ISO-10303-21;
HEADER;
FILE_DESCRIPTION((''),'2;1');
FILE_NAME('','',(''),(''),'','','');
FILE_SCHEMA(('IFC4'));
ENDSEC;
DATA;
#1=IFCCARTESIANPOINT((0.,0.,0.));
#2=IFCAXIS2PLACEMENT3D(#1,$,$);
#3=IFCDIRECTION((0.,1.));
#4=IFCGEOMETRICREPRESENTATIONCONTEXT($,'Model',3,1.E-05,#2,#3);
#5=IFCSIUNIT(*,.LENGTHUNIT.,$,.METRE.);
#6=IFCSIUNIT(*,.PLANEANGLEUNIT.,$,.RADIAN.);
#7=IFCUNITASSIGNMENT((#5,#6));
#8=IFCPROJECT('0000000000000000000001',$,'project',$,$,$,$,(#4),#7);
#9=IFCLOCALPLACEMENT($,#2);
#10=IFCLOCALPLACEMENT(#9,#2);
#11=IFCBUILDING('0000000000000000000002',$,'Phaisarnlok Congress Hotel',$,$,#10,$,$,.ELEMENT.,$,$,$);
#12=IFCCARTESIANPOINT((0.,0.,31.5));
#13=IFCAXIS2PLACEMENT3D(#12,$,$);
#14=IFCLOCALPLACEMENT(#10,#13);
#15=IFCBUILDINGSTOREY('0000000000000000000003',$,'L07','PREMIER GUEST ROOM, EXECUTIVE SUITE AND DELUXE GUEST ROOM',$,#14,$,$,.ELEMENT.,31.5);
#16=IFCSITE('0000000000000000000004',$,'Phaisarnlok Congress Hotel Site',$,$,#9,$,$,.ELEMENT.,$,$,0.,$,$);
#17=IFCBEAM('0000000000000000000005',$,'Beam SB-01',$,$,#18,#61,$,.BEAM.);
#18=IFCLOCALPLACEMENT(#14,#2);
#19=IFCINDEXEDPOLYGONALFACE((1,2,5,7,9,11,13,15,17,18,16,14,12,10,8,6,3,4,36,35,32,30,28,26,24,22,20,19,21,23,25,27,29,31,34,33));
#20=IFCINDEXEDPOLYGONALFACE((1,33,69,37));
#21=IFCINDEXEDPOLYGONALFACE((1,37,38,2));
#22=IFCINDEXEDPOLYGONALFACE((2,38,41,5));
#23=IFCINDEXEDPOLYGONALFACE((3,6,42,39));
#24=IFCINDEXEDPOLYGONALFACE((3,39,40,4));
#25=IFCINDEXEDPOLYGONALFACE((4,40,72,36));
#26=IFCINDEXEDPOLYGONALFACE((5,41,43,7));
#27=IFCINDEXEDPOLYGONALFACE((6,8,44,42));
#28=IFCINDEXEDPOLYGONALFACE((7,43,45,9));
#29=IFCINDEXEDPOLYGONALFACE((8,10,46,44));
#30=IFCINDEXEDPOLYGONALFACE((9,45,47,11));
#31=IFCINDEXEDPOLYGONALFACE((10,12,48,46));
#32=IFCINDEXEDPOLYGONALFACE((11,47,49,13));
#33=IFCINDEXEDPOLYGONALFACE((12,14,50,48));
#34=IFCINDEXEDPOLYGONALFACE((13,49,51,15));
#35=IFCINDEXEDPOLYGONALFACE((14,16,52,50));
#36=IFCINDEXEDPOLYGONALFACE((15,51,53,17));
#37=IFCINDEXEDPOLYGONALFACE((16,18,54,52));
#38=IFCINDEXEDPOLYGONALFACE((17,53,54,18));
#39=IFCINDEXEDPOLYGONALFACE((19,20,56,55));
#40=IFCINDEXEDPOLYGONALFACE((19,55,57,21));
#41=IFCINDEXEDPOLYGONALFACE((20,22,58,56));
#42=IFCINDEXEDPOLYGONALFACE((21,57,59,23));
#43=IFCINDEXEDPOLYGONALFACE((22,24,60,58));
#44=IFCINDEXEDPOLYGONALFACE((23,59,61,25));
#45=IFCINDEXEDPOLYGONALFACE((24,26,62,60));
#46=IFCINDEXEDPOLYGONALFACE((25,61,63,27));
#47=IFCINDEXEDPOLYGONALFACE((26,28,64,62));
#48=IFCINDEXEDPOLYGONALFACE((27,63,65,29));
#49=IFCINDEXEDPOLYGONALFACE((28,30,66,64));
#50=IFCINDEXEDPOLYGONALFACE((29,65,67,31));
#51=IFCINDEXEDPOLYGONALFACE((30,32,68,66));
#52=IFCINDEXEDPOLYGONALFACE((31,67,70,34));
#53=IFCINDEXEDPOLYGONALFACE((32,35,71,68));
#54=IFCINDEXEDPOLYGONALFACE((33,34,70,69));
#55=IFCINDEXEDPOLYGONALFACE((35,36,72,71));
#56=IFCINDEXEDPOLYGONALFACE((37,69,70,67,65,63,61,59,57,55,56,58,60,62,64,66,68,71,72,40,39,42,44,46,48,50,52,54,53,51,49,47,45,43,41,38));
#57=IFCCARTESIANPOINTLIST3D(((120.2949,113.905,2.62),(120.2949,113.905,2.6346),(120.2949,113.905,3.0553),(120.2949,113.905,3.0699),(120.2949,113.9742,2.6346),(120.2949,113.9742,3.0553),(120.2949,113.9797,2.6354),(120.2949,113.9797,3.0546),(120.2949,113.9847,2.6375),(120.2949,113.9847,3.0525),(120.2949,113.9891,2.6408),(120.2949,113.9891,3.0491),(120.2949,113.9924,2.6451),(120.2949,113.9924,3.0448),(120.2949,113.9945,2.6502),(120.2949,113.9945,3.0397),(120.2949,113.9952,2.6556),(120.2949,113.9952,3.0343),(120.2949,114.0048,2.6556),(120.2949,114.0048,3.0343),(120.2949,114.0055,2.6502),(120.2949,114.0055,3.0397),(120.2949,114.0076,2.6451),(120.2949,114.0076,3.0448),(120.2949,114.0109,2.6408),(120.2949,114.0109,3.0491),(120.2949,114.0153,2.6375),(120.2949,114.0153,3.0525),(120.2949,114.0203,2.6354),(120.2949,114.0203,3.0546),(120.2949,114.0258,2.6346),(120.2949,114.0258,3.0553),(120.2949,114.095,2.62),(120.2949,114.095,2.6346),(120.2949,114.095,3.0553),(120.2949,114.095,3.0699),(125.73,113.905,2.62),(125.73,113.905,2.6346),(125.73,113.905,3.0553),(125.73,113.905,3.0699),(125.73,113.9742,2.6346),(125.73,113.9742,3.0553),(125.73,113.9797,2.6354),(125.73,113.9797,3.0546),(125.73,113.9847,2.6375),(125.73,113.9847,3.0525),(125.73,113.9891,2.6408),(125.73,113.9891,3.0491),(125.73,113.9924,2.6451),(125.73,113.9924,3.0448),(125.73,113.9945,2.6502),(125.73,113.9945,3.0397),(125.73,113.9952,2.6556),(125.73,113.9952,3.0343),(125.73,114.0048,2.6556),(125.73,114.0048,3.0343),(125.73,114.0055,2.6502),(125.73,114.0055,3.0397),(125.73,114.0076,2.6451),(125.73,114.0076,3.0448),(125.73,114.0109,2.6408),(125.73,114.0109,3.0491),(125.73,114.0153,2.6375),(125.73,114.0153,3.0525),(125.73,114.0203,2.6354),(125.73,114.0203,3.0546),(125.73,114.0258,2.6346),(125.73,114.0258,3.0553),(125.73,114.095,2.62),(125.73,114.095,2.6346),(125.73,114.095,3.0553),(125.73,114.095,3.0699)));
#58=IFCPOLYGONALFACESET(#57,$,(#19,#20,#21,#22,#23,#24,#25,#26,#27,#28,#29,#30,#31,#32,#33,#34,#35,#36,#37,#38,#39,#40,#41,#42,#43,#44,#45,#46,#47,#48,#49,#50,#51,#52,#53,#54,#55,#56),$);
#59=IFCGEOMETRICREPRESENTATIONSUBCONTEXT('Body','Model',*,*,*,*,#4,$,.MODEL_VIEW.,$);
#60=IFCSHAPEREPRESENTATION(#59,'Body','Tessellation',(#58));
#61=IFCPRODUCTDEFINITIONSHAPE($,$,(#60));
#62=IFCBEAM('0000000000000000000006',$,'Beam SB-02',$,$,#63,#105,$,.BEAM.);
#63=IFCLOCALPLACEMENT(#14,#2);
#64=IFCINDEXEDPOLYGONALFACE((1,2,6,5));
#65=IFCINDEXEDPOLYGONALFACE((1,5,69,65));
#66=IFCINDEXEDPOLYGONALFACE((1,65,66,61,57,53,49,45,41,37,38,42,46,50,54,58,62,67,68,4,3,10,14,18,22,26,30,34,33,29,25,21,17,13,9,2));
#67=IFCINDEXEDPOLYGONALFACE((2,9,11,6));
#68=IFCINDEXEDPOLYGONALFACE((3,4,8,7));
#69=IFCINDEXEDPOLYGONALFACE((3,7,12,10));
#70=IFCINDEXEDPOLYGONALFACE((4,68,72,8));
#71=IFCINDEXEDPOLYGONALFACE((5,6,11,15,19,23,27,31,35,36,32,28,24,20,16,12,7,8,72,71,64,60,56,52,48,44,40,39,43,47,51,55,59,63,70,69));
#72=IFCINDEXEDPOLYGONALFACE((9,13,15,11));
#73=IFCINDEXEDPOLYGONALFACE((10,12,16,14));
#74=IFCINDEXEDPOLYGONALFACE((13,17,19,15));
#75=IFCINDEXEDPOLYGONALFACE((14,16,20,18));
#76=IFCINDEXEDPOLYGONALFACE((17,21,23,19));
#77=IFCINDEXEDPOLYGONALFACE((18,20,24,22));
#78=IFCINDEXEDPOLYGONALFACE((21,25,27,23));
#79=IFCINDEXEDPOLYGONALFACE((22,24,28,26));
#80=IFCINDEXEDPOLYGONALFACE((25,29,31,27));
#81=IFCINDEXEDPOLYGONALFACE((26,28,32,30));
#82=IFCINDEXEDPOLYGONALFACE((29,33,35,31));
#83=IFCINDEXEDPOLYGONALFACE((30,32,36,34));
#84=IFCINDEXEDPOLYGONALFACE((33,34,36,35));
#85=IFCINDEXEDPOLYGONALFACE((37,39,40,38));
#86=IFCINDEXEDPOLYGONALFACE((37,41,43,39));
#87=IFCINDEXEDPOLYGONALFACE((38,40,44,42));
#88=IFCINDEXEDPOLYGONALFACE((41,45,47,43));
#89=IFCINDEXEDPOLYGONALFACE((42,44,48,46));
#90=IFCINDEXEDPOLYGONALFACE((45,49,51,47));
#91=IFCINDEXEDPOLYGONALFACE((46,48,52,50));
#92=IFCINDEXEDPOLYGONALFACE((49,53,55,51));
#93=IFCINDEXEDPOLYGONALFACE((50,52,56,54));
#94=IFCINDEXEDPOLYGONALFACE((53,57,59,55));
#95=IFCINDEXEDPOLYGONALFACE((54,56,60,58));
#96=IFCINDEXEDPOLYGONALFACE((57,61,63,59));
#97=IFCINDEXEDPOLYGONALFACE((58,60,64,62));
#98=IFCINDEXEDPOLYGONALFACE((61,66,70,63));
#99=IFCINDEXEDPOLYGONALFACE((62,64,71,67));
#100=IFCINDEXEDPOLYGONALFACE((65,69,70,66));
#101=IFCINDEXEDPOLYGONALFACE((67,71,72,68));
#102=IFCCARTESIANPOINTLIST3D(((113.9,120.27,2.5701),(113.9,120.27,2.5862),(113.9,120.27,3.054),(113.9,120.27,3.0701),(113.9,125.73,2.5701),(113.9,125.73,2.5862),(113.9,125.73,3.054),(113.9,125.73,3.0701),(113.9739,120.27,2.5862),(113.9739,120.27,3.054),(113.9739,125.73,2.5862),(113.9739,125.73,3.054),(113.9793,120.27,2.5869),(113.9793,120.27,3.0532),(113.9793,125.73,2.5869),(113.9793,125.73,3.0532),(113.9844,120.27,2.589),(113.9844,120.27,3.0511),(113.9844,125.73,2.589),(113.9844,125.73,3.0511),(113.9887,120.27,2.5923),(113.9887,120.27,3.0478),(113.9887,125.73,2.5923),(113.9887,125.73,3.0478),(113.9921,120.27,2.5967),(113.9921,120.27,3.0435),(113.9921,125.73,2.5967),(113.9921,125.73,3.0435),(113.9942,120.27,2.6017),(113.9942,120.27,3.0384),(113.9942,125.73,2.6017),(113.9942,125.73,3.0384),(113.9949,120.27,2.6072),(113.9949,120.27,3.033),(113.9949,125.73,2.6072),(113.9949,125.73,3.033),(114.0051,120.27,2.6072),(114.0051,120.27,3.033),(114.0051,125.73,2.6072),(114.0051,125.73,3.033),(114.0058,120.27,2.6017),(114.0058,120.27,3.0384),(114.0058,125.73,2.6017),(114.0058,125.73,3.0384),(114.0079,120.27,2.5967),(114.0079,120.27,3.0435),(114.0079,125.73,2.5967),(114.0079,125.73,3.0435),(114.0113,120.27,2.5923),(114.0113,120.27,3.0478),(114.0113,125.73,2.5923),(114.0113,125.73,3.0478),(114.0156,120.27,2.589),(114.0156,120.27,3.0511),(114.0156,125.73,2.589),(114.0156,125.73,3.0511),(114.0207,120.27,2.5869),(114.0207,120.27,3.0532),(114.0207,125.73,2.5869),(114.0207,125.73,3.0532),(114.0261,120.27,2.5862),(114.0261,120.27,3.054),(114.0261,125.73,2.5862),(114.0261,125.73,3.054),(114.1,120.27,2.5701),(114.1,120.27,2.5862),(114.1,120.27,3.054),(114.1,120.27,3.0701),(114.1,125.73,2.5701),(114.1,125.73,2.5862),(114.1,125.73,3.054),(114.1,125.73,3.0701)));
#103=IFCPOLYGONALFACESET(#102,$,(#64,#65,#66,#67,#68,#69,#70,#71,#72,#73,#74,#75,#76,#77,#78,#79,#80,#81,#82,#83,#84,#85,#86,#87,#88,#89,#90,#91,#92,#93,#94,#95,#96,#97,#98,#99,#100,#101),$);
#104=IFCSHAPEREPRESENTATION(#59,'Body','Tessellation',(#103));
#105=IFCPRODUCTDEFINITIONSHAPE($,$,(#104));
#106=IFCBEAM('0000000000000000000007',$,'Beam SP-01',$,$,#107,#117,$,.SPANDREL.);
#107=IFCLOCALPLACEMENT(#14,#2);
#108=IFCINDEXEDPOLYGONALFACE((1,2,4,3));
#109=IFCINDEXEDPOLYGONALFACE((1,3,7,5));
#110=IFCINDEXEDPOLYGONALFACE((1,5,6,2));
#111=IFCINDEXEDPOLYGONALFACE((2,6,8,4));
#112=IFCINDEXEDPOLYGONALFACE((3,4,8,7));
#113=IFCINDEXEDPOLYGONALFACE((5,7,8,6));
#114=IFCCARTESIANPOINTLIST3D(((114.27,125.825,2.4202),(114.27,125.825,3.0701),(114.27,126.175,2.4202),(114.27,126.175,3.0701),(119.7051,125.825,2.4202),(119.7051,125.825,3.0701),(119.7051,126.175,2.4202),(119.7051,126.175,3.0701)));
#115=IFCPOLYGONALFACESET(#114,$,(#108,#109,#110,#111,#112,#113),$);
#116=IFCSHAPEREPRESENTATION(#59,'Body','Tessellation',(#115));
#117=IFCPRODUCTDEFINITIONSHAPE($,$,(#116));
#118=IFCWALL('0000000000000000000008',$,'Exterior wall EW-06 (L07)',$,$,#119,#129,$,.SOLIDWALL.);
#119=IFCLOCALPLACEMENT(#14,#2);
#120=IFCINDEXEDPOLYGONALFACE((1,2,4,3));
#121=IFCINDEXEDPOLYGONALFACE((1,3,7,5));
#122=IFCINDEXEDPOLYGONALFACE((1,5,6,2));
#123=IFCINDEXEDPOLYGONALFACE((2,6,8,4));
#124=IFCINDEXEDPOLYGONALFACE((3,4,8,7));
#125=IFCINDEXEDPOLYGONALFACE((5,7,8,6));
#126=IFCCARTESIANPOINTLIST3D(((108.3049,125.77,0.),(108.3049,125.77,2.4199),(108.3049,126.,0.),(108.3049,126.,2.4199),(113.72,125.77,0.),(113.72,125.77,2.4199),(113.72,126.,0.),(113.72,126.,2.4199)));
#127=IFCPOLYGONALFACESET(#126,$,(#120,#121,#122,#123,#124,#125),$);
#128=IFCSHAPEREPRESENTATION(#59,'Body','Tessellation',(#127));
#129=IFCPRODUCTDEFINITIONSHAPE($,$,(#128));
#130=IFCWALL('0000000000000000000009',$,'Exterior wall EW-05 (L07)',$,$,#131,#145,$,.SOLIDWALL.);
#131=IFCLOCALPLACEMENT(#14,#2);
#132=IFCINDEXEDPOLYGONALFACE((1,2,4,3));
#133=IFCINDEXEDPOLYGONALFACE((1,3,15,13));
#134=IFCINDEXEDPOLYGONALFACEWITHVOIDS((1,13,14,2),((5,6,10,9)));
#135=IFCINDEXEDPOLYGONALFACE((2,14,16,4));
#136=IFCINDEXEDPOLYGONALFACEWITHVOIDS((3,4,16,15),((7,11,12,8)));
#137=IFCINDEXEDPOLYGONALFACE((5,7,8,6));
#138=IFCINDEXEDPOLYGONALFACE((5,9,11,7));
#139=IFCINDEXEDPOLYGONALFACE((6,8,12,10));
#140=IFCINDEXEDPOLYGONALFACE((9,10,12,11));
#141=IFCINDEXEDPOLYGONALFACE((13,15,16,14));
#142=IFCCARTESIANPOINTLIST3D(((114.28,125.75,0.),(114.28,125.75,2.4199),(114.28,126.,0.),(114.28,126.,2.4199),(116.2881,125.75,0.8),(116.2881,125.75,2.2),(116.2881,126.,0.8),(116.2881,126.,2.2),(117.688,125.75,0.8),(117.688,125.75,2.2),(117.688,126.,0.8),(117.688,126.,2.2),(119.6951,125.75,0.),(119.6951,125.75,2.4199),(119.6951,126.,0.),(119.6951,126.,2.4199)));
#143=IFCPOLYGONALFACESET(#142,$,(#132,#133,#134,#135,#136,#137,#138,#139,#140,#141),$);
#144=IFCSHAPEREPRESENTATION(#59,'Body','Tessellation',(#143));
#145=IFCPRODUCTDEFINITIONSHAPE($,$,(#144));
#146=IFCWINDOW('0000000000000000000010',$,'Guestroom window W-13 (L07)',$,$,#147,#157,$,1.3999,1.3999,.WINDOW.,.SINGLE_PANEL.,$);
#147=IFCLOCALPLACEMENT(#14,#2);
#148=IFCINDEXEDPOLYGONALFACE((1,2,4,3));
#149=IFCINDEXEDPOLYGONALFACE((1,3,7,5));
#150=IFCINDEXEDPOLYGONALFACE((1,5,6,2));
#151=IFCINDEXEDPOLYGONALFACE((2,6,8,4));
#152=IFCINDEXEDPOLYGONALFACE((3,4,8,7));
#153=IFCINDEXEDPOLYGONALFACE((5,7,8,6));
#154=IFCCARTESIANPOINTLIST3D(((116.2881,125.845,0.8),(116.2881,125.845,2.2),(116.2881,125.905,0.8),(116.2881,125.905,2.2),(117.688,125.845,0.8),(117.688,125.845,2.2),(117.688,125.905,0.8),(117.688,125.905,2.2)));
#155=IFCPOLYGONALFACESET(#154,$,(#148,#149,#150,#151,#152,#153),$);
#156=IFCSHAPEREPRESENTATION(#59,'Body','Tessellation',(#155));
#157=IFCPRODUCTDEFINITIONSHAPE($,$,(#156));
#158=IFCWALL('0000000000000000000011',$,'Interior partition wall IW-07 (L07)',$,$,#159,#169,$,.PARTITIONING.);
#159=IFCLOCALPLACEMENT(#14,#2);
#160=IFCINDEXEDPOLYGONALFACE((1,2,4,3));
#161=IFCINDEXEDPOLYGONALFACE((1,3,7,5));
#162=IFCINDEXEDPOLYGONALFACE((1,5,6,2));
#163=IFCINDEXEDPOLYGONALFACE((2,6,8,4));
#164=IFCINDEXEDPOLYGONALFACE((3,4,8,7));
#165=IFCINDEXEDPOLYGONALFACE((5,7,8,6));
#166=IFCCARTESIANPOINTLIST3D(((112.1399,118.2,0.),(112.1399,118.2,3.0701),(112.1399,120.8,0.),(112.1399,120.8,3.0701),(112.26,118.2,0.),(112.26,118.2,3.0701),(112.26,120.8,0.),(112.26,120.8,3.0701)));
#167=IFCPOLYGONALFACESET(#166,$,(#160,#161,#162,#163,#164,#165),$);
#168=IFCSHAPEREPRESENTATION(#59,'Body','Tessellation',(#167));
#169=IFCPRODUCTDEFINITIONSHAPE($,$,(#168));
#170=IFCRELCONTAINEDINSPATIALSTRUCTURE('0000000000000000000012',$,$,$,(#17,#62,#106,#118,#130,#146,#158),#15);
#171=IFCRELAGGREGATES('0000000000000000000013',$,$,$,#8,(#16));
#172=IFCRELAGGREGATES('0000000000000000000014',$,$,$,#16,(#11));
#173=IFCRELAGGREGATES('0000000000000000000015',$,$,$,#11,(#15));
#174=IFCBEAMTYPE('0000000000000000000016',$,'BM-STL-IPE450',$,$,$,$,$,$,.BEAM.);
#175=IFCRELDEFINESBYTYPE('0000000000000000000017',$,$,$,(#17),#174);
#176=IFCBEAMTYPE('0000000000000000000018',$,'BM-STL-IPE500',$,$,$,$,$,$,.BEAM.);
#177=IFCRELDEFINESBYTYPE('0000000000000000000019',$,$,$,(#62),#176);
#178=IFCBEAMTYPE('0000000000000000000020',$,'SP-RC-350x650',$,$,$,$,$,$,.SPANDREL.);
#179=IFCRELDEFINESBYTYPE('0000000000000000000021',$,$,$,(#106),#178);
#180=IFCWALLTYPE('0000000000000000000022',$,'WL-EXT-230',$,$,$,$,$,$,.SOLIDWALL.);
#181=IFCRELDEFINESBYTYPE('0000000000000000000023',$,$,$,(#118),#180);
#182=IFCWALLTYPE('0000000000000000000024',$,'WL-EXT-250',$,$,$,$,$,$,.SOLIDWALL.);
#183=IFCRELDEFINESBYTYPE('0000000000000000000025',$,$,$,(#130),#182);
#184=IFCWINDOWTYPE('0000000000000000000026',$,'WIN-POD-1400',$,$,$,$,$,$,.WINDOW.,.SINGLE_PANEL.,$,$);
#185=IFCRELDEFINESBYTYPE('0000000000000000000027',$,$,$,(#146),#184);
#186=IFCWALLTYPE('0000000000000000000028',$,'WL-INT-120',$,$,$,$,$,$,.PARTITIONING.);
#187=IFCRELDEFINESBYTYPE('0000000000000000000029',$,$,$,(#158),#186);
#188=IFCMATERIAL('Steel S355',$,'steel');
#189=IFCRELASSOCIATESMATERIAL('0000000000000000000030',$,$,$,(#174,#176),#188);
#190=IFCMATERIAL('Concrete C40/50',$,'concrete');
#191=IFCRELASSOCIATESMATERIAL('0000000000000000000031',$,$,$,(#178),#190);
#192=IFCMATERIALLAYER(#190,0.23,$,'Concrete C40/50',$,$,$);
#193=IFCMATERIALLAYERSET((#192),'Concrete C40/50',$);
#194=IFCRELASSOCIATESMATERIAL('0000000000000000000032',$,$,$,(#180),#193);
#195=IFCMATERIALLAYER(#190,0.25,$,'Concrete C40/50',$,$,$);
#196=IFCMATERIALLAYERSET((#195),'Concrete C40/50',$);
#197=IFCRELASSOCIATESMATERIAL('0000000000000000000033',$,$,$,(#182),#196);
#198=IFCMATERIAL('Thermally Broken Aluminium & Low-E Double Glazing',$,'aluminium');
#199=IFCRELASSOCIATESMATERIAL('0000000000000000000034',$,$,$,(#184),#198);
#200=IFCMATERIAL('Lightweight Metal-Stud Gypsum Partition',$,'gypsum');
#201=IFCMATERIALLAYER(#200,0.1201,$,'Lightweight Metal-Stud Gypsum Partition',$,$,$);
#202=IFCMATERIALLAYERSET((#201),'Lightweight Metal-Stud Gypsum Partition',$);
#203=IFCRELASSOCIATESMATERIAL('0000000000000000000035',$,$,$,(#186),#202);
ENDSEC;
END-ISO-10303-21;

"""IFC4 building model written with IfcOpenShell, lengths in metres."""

from ifc_helpers import new_model, si_unit, direction, frame, frame_2d, origin, origin_2d, place, context, subcontext, project, spatial, rectangle, i_section, extrude, material, layer, layer_set, material_profile, profile_set, type_object, element, fill, save


model = new_model("IFC4")

# Units and contexts
model_context = context("Model", 3, precision=1e-05, world=origin(), true_north=direction((0.0, 1.0)))
body_context = subcontext(model_context, "Body", "Model", "MODEL_VIEW")
ifc_project = project(units=[si_unit("LENGTHUNIT", "METRE"), si_unit("PLANEANGLEUNIT", "RADIAN")], contexts=[model_context])

# Site, building, storey
site_placement = place(None, origin())
site = spatial("IfcSite", under=ifc_project, at=site_placement, Name="Phaisarnlok Congress Hotel Site", CompositionType="ELEMENT", RefElevation=0.0)
building_placement = place(site_placement, origin())
building = spatial("IfcBuilding", under=site, at=building_placement, Name="Phaisarnlok Congress Hotel", CompositionType="ELEMENT")
storey_placement = place(building_placement, frame((0.0, 0.0, 31.5)))
storey = spatial("IfcBuildingStorey", under=building, at=storey_placement, Name="L07", Description="PREMIER GUEST ROOM, EXECUTIVE SUITE AND DELUXE GUEST ROOM", CompositionType="ELEMENT", Elevation=31.5)

# Beams
ifc_material_1 = material(Name="Concrete C40/50", Category="concrete")
ifc_material_2 = material(Name="Steel S355", Category="steel")
ifc_material_profile_1 = material_profile(ifc_material_2, i_section(OverallWidth=0.1899, OverallDepth=0.45, WebThickness=0.0095, FlangeThickness=0.0146, FilletRadius=0.021, at=origin_2d()), Name="IPE 450")
ifc_profile_set_1 = profile_set([ifc_material_profile_1], Name="Steel S355")
beam_type_1 = type_object("IfcBeamType", Name="BM-STL-IPE450", PredefinedType="BEAM", material=ifc_profile_set_1)
beam_1_placement = place(storey_placement, frame((120.2949, 114.0, 2.845), z_axis=(1.0, 0.0, 0.0), x_axis=(0.0, 1.0, 0.0)))
element("IfcBeam", 1, at=beam_1_placement, inside=storey, type_object=beam_type_1, Name="Beam SB-01", PredefinedType="BEAM", context=body_context, shape_type="SweptSolid", body=[
    extrude(i_section(OverallWidth=0.1899, OverallDepth=0.45, WebThickness=0.0095, FlangeThickness=0.0146, FilletRadius=0.021, at=origin_2d()), origin(), (0.0, 0.0, 1.0), 5.4351),
])
ifc_material_profile_2 = material_profile(ifc_material_2, i_section(OverallWidth=0.2, OverallDepth=0.5, WebThickness=0.0103, FlangeThickness=0.0161, FilletRadius=0.021, at=origin_2d()), Name="IPE 500")
ifc_profile_set_2 = profile_set([ifc_material_profile_2], Name="Steel S355")
beam_type_2 = type_object("IfcBeamType", Name="BM-STL-IPE500", PredefinedType="BEAM", material=ifc_profile_set_2)
beam_2_placement = place(storey_placement, frame((114.0, 120.27, 2.8201), z_axis=(0.0, 1.0, 0.0), x_axis=(-1.0, 0.0, 0.0)))
element("IfcBeam", 2, at=beam_2_placement, inside=storey, type_object=beam_type_2, Name="Beam SB-02", PredefinedType="BEAM", context=body_context, shape_type="SweptSolid", body=[
    extrude(i_section(OverallWidth=0.2, OverallDepth=0.5, WebThickness=0.0103, FlangeThickness=0.0161, FilletRadius=0.021, at=origin_2d()), origin(), (0.0, 0.0, 1.0), 5.46),
])
ifc_material_profile_3 = material_profile(ifc_material_1, rectangle(XDim=0.3501, YDim=0.6499, at=origin_2d()), Name="RC 350x650")
ifc_profile_set_3 = profile_set([ifc_material_profile_3], Name="Concrete C40/50")
beam_type_3 = type_object("IfcBeamType", Name="SP-RC-350x650", PredefinedType="SPANDREL", material=ifc_profile_set_3)
beam_3_placement = place(storey_placement, frame((114.27, 126.0, 2.7451), z_axis=(1.0, 0.0, 0.0), x_axis=(0.0, 1.0, 0.0)))
element("IfcBeam", 3, at=beam_3_placement, inside=storey, type_object=beam_type_3, Name="Beam SP-01", PredefinedType="SPANDREL", context=body_context, shape_type="SweptSolid", body=[
    extrude(rectangle(XDim=0.3501, YDim=0.6499, at=origin_2d()), origin(), (0.0, 0.0, 1.0), 5.4351),
])

# Wall
ifc_layer_1 = layer(ifc_material_1, 0.23, Name="Concrete C40/50")
ifc_layer_set_1 = layer_set([ifc_layer_1], Name="Concrete C40/50")
wall_type_1 = type_object("IfcWallType", Name="WL-EXT-230", PredefinedType="SOLIDWALL", material=ifc_layer_set_1)
wall_1_placement = place(storey_placement, frame((113.72, 125.885, 0.0), z_axis=(0.0, 0.0, 1.0), x_axis=(-1.0, 0.0, 0.0)))
element("IfcWall", 4, at=wall_1_placement, inside=storey, type_object=wall_type_1, Name="Exterior wall EW-06 (L07)", PredefinedType="SOLIDWALL", context=body_context, shape_type="SweptSolid", body=[
    extrude(rectangle(XDim=5.415, YDim=0.23, at=frame_2d((2.7075, 0.0))), origin(), (0.0, 0.0, 1.0), 2.4199),
])

# Wall, opening, window
ifc_layer_2 = layer(ifc_material_1, 0.25, Name="Concrete C40/50")
ifc_layer_set_2 = layer_set([ifc_layer_2], Name="Concrete C40/50")
wall_type_2 = type_object("IfcWallType", Name="WL-EXT-250", PredefinedType="SOLIDWALL", material=ifc_layer_set_2)
wall_2_placement = place(storey_placement, frame((119.6951, 125.875, 0.0), z_axis=(0.0, 0.0, 1.0), x_axis=(-1.0, 0.0, 0.0)))
wall_2 = element("IfcWall", 5, at=wall_2_placement, inside=storey, type_object=wall_type_2, Name="Exterior wall EW-05 (L07)", PredefinedType="SOLIDWALL", context=body_context, shape_type="SweptSolid", body=[
    extrude(rectangle(XDim=5.415, YDim=0.25, at=frame_2d((2.7075, 0.0))), origin(), (0.0, 0.0, 1.0), 2.4199),
])
opening_1_placement = place(wall_2_placement, frame((2.0071, 0.0, 0.8)))
opening_1 = element("IfcOpeningElement", 6, at=opening_1_placement, cuts=wall_2, PredefinedType="OPENING", context=body_context, shape_type="SweptSolid", body=[
    extrude(rectangle(XDim=1.3999, YDim=1.3999, at=frame_2d((0.7, 0.7))), frame((0.0, 0.135, 0.0), z_axis=(0.0, -1.0, 0.0), x_axis=(1.0, 0.0, 0.0)), (0.0, 0.0, 1.0), 0.27),
])
ifc_material_3 = material(Name="Thermally Broken Aluminium & Low-E Double Glazing", Category="aluminium")
window_type = type_object("IfcWindowType", Name="WIN-POD-1400", PartitioningType="SINGLE_PANEL", PredefinedType="WINDOW", material=ifc_material_3)
window_placement = place(opening_1_placement, origin())
window = element("IfcWindow", 7, at=window_placement, inside=storey, type_object=window_type, Name="Guestroom window W-13 (L07)", OverallHeight=1.3999, OverallWidth=1.3999, PartitioningType="SINGLE_PANEL", PredefinedType="WINDOW", context=body_context, shape_type="SweptSolid", body=[
    extrude(rectangle(XDim=1.3999, YDim=1.3999, at=frame_2d((0.7, 0.7))), frame((0.0, 0.03, 0.0), z_axis=(0.0, -1.0, 0.0), x_axis=(1.0, 0.0, 0.0)), (0.0, 0.0, 1.0), 0.0601),
])
fill(opening_1, window)

# Wall
ifc_material_4 = material(Name="Lightweight Metal-Stud Gypsum Partition", Category="gypsum")
ifc_layer_3 = layer(ifc_material_4, 0.1201, Name="Lightweight Metal-Stud Gypsum Partition")
ifc_layer_set_3 = layer_set([ifc_layer_3], Name="Lightweight Metal-Stud Gypsum Partition")
wall_type_3 = type_object("IfcWallType", Name="WL-INT-120", PredefinedType="PARTITIONING", material=ifc_layer_set_3)
wall_3_placement = place(storey_placement, frame((112.2, 118.2, 0.0), z_axis=(0.0, 0.0, 1.0), x_axis=(0.0, 1.0, 0.0)))
element("IfcWall", 8, at=wall_3_placement, inside=storey, type_object=wall_type_3, Name="Interior partition wall IW-07 (L07)", PredefinedType="PARTITIONING", context=body_context, shape_type="SweptSolid", body=[
    extrude(rectangle(XDim=2.6001, YDim=0.1201, at=frame_2d((1.3, 0.0))), origin(), (0.0, 0.0, 1.0), 3.0701),
])

save(model, "model.ifc")
